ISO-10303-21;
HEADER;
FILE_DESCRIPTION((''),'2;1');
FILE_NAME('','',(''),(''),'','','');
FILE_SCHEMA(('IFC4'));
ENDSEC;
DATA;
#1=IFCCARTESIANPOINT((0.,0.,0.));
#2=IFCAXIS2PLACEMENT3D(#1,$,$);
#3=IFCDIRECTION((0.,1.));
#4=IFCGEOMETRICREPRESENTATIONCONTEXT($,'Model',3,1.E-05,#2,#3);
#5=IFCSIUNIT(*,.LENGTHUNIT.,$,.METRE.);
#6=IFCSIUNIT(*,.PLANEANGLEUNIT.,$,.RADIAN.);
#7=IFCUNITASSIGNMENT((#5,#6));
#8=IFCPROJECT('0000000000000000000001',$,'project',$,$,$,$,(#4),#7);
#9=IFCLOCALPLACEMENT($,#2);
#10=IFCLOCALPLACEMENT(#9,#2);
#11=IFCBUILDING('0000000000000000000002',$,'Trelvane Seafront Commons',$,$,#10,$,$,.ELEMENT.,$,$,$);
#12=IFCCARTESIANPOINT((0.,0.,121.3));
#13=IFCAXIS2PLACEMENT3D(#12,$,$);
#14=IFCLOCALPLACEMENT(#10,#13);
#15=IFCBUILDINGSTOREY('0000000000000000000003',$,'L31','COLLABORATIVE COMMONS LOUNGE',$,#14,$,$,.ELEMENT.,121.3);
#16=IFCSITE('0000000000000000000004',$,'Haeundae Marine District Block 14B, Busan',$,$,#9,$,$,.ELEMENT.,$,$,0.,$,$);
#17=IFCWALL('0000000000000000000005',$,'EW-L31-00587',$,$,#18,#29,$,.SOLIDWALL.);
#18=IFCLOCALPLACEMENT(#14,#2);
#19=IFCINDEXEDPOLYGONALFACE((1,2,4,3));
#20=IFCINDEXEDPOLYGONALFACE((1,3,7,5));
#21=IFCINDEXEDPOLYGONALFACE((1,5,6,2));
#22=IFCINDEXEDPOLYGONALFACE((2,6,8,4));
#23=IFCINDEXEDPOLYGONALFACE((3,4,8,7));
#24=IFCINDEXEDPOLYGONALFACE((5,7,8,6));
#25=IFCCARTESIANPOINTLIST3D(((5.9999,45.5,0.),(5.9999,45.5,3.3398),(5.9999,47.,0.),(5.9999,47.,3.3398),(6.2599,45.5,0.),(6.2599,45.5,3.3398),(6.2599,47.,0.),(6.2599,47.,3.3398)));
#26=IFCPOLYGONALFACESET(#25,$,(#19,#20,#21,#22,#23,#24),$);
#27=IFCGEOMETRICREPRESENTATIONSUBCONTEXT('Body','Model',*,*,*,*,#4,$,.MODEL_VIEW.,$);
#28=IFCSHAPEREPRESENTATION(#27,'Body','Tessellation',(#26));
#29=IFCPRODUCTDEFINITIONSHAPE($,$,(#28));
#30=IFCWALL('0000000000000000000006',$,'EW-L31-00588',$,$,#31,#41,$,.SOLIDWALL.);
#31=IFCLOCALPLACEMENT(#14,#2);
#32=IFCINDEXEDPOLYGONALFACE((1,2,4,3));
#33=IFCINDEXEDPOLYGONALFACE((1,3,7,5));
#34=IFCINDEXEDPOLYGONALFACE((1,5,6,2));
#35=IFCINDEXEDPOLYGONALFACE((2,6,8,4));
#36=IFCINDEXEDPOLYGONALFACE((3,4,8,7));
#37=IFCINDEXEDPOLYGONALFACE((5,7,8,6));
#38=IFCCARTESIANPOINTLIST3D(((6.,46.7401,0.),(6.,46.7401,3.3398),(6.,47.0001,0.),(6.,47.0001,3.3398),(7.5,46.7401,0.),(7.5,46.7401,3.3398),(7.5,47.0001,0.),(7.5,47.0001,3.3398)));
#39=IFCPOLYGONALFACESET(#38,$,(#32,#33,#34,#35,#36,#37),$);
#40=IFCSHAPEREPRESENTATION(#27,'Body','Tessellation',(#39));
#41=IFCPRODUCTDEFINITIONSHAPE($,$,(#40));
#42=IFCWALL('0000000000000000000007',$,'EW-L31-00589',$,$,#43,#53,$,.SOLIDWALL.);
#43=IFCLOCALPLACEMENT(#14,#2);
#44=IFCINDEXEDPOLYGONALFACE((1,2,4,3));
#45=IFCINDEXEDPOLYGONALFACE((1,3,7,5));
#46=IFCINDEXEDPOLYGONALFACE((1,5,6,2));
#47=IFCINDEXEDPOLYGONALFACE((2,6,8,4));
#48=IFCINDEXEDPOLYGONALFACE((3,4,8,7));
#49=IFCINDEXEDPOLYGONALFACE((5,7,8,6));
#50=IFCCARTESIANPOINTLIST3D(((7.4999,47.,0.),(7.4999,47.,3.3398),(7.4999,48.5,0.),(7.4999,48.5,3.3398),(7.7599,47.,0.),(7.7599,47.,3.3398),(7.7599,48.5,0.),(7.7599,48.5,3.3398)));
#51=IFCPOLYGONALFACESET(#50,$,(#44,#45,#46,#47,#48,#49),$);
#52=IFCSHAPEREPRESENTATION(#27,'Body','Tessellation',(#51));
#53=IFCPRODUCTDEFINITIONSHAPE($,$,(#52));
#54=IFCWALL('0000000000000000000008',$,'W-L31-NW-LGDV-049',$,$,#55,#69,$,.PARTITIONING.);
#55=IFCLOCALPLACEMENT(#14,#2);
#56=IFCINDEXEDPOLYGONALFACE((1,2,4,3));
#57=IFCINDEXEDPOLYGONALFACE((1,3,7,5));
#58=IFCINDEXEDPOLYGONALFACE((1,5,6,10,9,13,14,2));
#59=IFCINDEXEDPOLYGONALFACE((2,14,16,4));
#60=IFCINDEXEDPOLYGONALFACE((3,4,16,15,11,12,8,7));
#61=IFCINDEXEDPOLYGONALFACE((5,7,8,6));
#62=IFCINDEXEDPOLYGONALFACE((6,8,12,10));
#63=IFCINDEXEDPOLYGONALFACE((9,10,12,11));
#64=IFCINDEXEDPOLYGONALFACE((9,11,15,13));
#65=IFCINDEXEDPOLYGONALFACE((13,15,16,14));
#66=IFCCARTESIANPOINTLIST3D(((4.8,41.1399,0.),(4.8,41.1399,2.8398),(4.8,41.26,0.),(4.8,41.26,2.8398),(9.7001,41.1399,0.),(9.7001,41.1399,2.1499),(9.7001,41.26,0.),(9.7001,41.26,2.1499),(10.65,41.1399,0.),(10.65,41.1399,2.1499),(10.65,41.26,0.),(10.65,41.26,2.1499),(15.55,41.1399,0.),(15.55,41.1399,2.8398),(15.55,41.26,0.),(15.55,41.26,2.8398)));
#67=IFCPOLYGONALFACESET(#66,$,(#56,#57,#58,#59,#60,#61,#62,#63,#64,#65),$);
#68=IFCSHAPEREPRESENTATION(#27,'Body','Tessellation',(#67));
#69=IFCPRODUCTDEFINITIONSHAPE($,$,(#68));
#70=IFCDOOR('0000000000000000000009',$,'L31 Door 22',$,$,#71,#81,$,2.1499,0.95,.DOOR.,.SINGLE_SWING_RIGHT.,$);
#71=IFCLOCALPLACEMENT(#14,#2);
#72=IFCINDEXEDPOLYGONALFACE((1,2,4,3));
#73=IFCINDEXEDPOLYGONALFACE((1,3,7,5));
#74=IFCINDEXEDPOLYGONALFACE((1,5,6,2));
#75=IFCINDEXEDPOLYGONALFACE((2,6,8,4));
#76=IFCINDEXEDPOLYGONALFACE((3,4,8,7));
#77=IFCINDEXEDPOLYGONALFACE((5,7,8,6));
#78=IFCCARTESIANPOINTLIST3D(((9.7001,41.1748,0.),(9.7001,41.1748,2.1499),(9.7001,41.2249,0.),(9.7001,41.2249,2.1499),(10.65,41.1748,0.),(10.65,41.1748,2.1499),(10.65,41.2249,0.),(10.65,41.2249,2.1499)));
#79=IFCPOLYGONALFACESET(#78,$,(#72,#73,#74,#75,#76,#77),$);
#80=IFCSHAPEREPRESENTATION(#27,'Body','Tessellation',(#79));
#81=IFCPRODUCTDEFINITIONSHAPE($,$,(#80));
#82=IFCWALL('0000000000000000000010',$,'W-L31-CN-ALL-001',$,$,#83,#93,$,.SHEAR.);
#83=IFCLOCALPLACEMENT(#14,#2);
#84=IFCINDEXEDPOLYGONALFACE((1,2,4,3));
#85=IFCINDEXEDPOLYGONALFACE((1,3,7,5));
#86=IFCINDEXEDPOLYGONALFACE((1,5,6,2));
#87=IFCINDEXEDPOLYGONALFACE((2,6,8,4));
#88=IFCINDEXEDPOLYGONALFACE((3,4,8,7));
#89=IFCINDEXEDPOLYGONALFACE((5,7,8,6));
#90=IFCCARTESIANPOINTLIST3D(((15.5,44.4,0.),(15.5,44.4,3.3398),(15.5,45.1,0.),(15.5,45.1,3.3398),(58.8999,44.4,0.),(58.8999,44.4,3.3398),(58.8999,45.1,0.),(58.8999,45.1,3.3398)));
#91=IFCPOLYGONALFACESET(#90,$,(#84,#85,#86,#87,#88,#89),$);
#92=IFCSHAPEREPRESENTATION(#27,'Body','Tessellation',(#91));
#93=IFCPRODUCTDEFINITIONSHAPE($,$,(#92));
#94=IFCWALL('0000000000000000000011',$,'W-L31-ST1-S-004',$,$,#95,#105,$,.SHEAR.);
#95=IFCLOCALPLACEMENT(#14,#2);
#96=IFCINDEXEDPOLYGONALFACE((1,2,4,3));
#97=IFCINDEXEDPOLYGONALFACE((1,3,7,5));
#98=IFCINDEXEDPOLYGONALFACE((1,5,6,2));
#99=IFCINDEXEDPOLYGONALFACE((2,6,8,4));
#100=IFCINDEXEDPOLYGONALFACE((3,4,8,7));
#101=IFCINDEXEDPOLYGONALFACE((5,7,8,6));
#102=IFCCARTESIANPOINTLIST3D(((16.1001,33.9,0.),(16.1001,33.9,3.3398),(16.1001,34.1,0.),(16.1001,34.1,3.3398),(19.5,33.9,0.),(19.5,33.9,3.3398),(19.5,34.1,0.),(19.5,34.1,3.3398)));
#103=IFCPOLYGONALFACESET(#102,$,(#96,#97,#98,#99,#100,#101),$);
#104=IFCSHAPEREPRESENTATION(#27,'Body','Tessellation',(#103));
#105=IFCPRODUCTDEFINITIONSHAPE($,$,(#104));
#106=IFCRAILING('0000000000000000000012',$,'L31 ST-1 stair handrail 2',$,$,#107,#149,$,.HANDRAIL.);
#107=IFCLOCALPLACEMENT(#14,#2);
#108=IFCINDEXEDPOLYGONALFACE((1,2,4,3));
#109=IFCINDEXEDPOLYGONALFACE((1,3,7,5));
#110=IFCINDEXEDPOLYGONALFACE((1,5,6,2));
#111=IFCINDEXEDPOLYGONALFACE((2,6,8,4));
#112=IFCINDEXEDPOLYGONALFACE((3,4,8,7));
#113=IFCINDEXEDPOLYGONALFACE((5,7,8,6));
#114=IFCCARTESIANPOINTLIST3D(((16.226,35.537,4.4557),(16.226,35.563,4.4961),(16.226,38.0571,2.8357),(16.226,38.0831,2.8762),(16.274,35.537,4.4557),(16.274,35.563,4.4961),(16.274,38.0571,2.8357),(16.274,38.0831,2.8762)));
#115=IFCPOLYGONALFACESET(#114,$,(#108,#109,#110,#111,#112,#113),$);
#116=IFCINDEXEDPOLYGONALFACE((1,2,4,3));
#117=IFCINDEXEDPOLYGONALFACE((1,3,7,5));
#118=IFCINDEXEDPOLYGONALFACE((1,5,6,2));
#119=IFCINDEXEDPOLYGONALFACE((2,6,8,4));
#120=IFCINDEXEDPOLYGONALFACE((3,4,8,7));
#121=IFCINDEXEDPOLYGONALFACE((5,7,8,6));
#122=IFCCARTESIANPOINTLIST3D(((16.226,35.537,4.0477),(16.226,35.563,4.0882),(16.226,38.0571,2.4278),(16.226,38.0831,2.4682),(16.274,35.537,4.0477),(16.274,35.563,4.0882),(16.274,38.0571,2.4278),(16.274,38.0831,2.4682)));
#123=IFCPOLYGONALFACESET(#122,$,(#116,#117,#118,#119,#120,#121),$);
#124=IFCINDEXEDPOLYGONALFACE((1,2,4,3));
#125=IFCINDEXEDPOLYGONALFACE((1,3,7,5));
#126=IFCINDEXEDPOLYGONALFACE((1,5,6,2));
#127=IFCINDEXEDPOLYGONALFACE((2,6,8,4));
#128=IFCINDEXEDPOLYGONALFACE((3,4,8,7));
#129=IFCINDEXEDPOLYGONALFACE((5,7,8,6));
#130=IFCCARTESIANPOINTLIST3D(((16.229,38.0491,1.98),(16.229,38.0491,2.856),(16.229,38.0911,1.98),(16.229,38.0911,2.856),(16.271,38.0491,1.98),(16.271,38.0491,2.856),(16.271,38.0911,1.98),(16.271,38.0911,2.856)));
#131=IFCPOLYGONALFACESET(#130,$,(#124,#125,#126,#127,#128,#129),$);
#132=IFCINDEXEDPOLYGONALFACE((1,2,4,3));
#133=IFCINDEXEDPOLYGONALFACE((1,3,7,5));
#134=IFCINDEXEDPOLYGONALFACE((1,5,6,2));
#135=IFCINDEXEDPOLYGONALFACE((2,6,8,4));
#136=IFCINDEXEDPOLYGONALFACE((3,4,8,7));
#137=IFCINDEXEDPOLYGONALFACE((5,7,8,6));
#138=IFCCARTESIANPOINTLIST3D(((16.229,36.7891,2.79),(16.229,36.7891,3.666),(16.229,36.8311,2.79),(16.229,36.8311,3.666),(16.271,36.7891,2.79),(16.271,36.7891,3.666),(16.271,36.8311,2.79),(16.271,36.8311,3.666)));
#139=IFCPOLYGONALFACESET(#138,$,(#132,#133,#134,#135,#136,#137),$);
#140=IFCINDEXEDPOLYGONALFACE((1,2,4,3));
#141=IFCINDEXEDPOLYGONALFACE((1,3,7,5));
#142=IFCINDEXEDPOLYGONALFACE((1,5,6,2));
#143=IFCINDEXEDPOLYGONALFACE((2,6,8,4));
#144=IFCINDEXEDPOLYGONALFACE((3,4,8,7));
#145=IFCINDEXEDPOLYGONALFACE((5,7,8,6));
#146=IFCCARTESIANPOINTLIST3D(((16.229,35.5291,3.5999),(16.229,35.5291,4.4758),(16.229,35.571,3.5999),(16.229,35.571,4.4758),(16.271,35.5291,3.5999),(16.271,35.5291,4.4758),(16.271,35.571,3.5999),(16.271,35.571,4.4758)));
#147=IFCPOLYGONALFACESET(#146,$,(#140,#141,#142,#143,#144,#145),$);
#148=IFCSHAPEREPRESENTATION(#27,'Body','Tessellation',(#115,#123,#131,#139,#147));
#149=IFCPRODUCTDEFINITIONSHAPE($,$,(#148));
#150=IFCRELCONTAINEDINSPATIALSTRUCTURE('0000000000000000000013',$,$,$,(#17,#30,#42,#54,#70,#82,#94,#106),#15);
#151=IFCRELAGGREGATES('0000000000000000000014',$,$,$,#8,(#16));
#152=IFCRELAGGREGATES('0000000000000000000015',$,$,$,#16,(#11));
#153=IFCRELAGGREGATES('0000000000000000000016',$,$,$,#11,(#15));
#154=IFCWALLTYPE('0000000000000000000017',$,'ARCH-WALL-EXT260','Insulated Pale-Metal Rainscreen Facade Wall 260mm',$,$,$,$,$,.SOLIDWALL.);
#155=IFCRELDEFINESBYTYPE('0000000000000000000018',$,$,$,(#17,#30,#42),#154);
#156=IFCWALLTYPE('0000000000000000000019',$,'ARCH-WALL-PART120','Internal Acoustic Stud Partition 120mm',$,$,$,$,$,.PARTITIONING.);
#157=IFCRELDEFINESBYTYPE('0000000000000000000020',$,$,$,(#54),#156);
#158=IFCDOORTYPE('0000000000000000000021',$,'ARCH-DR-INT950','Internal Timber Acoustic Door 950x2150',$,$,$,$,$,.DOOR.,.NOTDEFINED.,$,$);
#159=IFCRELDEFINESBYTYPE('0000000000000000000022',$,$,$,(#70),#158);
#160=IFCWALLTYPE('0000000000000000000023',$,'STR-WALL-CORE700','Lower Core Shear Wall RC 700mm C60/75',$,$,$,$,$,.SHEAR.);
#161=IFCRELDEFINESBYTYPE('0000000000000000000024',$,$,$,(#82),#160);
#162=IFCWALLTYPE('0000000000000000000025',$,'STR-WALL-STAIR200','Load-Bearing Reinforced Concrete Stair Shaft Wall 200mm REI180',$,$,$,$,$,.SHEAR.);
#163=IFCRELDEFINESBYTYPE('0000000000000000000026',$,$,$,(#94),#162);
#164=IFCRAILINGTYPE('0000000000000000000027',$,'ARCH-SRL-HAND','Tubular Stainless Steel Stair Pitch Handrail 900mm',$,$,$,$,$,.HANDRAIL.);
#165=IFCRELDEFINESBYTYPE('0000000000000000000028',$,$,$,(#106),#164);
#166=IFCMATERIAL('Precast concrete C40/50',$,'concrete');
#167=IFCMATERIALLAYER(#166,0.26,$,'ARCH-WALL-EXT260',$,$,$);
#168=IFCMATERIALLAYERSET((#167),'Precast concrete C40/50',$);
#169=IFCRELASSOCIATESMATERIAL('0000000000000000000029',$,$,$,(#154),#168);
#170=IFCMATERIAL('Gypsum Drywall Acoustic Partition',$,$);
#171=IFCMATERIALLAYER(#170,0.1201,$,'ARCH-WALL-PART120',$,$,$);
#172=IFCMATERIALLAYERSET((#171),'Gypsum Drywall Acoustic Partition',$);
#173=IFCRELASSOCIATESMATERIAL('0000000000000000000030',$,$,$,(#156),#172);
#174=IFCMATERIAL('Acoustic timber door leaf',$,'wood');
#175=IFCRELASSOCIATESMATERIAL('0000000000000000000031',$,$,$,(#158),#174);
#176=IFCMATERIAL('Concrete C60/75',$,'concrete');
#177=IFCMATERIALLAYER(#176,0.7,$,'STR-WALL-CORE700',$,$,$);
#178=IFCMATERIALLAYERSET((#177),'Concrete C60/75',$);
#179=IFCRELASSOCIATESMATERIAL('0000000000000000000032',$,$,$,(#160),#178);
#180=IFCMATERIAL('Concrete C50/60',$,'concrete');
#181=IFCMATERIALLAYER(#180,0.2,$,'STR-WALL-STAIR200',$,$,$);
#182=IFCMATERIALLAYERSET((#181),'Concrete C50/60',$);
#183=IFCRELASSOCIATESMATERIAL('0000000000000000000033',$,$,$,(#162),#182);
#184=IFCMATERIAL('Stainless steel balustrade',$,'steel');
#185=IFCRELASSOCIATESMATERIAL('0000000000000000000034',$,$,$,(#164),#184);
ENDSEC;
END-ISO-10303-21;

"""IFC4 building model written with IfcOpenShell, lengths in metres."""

from ifc_helpers import new_model, si_unit, direction, frame, frame_2d, origin, origin_2d, place, context, subcontext, project, spatial, rectangle, extrude, source, transform, mapped, material, layer, layer_set, type_object, element, fill, save


model = new_model("IFC4")

# Units and contexts
model_context = context("Model", 3, precision=1e-05, world=origin(), true_north=direction((0.0, 1.0)))
body_context = subcontext(model_context, "Body", "Model", "MODEL_VIEW")
ifc_project = project(units=[si_unit("LENGTHUNIT", "METRE"), si_unit("PLANEANGLEUNIT", "RADIAN")], contexts=[model_context])

# Site, building, storey
site_placement = place(None, origin())
site = spatial("IfcSite", under=ifc_project, at=site_placement, Name="Haeundae Marine District Block 14B, Busan", CompositionType="ELEMENT", RefElevation=0.0)
building_placement = place(site_placement, origin())
building = spatial("IfcBuilding", under=site, at=building_placement, Name="Trelvane Seafront Commons", CompositionType="ELEMENT")
storey_placement = place(building_placement, frame((0.0, 0.0, 121.3)))
storey = spatial("IfcBuildingStorey", under=building, at=storey_placement, Name="L31", Description="COLLABORATIVE COMMONS LOUNGE", CompositionType="ELEMENT", Elevation=121.3)

# Shared definitions
ifc_material_1 = material(Name="Concrete C60/75", Category="concrete")

# Shared definitions
ifc_material_2 = material(Name="Precast concrete C40/50", Category="concrete")
ifc_layer_1 = layer(ifc_material_2, 0.26, Name="ARCH-WALL-EXT260")
ifc_layer_set_1 = layer_set([ifc_layer_1], Name="Precast concrete C40/50")
wall_type_1 = type_object("IfcWallType", Name="ARCH-WALL-EXT260", Description="Insulated Pale-Metal Rainscreen Facade Wall 260mm", PredefinedType="SOLIDWALL", material=ifc_layer_set_1)

# Walls
for number, where, z_axis, x_axis, name in (
    (1, (6.1299, 45.5, 0.0), (0.0, 0.0, 1.0), (0.0, 1.0, 0.0), "EW-L31-00587"),
    (2, (6.0, 46.8701, 0.0), (0.0, 0.0, 1.0), (1.0, 0.0, 0.0), "EW-L31-00588"),
    (3, (7.6299, 47.0, 0.0), (0.0, 0.0, 1.0), (0.0, 1.0, 0.0), "EW-L31-00589"),
):
    element("IfcWall", number, at=place(storey_placement, frame(where, z_axis=z_axis, x_axis=x_axis)), inside=storey, type_object=wall_type_1, Name=name, PredefinedType="SOLIDWALL", context=body_context, shape_type="SweptSolid", body=[
        extrude(rectangle(XDim=1.5, YDim=0.26, at=frame_2d((0.75, 0.0))), origin(), (0.0, 0.0, 1.0), 3.3398),
    ])

# Wall, opening, door
ifc_material_3 = material(Name="Gypsum Drywall Acoustic Partition")
ifc_layer_2 = layer(ifc_material_3, 0.1201, Name="ARCH-WALL-PART120")
ifc_layer_set_2 = layer_set([ifc_layer_2], Name="Gypsum Drywall Acoustic Partition")
wall_type_2 = type_object("IfcWallType", Name="ARCH-WALL-PART120", Description="Internal Acoustic Stud Partition 120mm", PredefinedType="PARTITIONING", material=ifc_layer_set_2)
wall_1_placement = place(storey_placement, frame((4.8, 41.2, 0.0), z_axis=(0.0, 0.0, 1.0), x_axis=(1.0, 0.0, 0.0)))
wall_1 = element("IfcWall", 4, at=wall_1_placement, inside=storey, type_object=wall_type_2, Name="W-L31-NW-LGDV-049", PredefinedType="PARTITIONING", context=body_context, shape_type="SweptSolid", body=[
    extrude(rectangle(XDim=10.75, YDim=0.1201, at=frame_2d((5.375, 0.0))), origin(), (0.0, 0.0, 1.0), 2.8398),
])
opening_1_placement = place(wall_1_placement, frame((4.8999, 0.0, 0.0)))
opening_1 = element("IfcOpeningElement", 5, at=opening_1_placement, cuts=wall_1, PredefinedType="OPENING", context=body_context, shape_type="SweptSolid", body=[
    extrude(rectangle(XDim=0.95, YDim=2.1499, at=frame_2d((0.4751, 1.075))), frame((0.0, 0.0701, 0.0), z_axis=(0.0, -1.0, 0.0), x_axis=(1.0, 0.0, 0.0)), (0.0, 0.0, 1.0), 0.1401),
])
ifc_material_4 = material(Name="Acoustic timber door leaf", Category="wood")
door_type_1 = type_object("IfcDoorType", Name="ARCH-DR-INT950", Description="Internal Timber Acoustic Door 950x2150", OperationType="NOTDEFINED", PredefinedType="DOOR", material=ifc_material_4)
shared_shape_1 = source(origin(), body_context, "Body", "SweptSolid", [
    extrude(rectangle(XDim=0.95, YDim=2.1499, at=frame_2d((0.4751, 1.075))), frame((0.0, 0.0249, 0.0), z_axis=(0.0, -1.0, 0.0), x_axis=(1.0, 0.0, 0.0)), (0.0, 0.0, 1.0), 0.05),
])
door_1_placement = place(opening_1_placement, origin())
door_1 = element("IfcDoor", 6, at=door_1_placement, inside=storey, type_object=door_type_1, Name="L31 Door 22", OperationType="SINGLE_SWING_RIGHT", OverallHeight=2.1499, OverallWidth=0.95, PredefinedType="DOOR", context=body_context, shape_type="MappedRepresentation", body=[
    mapped(shared_shape_1, transform((0.0, 0.0, 0.0), x_axis=(1.0, 0.0, 0.0), y_axis=(0.0, 1.0, 0.0), z_axis=(0.0, 0.0, 1.0), scale=1.0)),
])
fill(opening_1, door_1)

# Walls
ifc_layer_3 = layer(ifc_material_1, 0.7, Name="STR-WALL-CORE700")
ifc_layer_set_3 = layer_set([ifc_layer_3], Name="Concrete C60/75")
wall_type_3 = type_object("IfcWallType", Name="STR-WALL-CORE700", Description="Lower Core Shear Wall RC 700mm C60/75", PredefinedType="SHEAR", material=ifc_layer_set_3)
wall_2_placement = place(storey_placement, frame((15.5, 44.75, 0.0), z_axis=(0.0, 0.0, 1.0), x_axis=(1.0, 0.0, 0.0)))
element("IfcWall", 7, at=wall_2_placement, inside=storey, type_object=wall_type_3, Name="W-L31-CN-ALL-001", PredefinedType="SHEAR", context=body_context, shape_type="SweptSolid", body=[
    extrude(rectangle(XDim=43.3999, YDim=0.7, at=frame_2d((21.7, 0.0))), origin(), (0.0, 0.0, 1.0), 3.3398),
])
ifc_material_5 = material(Name="Concrete C50/60", Category="concrete")
ifc_layer_4 = layer(ifc_material_5, 0.2, Name="STR-WALL-STAIR200")
ifc_layer_set_4 = layer_set([ifc_layer_4], Name="Concrete C50/60")
wall_type_4 = type_object("IfcWallType", Name="STR-WALL-STAIR200", Description="Load-Bearing Reinforced Concrete Stair Shaft Wall 200mm REI180", PredefinedType="SHEAR", material=ifc_layer_set_4)
wall_3_placement = place(storey_placement, frame((16.1001, 34.0, 0.0), z_axis=(0.0, 0.0, 1.0), x_axis=(1.0, 0.0, 0.0)))
element("IfcWall", 8, at=wall_3_placement, inside=storey, type_object=wall_type_4, Name="W-L31-ST1-S-004", PredefinedType="SHEAR", context=body_context, shape_type="SweptSolid", body=[
    extrude(rectangle(XDim=3.3999, YDim=0.2, at=frame_2d((1.7, 0.0))), origin(), (0.0, 0.0, 1.0), 3.3398),
])

# Railing
ifc_material_6 = material(Name="Stainless steel balustrade", Category="steel")
railing_type = type_object("IfcRailingType", Name="ARCH-SRL-HAND", Description="Tubular Stainless Steel Stair Pitch Handrail 900mm", PredefinedType="HANDRAIL", material=ifc_material_6)
railing_placement = place(storey_placement, frame((16.25, 38.0701, 1.98)))
element("IfcRailing", 9, at=railing_placement, inside=storey, type_object=railing_type, Name="L31 ST-1 stair handrail 2", PredefinedType="HANDRAIL", context=body_context, shape_type="SweptSolid", body=[
    extrude(rectangle(XDim=0.0481, YDim=0.0481, at=origin_2d()), frame((0.0, 0.0, 0.876), z_axis=(0.0, -0.8412, 0.540725), x_axis=(1.0, 0.0, 0.0)), (0.0, 0.0, 1.0), 2.9958),
    extrude(rectangle(XDim=0.0481, YDim=0.0481, at=origin_2d()), frame((0.0, 0.0, 0.468), z_axis=(0.0, -0.8412, 0.540725), x_axis=(1.0, 0.0, 0.0)), (0.0, 0.0, 1.0), 2.9958),
    extrude(rectangle(XDim=0.042, YDim=0.042, at=origin_2d()), origin(), (0.0, 0.0, 1.0), 0.876),
    extrude(rectangle(XDim=0.042, YDim=0.042, at=origin_2d()), frame((0.0, -1.26, 0.8101)), (0.0, 0.0, 1.0), 0.876),
    extrude(rectangle(XDim=0.042, YDim=0.042, at=origin_2d()), frame((0.0, -2.52, 1.6199)), (0.0, 0.0, 1.0), 0.876),
])

save(model, "model.ifc")
